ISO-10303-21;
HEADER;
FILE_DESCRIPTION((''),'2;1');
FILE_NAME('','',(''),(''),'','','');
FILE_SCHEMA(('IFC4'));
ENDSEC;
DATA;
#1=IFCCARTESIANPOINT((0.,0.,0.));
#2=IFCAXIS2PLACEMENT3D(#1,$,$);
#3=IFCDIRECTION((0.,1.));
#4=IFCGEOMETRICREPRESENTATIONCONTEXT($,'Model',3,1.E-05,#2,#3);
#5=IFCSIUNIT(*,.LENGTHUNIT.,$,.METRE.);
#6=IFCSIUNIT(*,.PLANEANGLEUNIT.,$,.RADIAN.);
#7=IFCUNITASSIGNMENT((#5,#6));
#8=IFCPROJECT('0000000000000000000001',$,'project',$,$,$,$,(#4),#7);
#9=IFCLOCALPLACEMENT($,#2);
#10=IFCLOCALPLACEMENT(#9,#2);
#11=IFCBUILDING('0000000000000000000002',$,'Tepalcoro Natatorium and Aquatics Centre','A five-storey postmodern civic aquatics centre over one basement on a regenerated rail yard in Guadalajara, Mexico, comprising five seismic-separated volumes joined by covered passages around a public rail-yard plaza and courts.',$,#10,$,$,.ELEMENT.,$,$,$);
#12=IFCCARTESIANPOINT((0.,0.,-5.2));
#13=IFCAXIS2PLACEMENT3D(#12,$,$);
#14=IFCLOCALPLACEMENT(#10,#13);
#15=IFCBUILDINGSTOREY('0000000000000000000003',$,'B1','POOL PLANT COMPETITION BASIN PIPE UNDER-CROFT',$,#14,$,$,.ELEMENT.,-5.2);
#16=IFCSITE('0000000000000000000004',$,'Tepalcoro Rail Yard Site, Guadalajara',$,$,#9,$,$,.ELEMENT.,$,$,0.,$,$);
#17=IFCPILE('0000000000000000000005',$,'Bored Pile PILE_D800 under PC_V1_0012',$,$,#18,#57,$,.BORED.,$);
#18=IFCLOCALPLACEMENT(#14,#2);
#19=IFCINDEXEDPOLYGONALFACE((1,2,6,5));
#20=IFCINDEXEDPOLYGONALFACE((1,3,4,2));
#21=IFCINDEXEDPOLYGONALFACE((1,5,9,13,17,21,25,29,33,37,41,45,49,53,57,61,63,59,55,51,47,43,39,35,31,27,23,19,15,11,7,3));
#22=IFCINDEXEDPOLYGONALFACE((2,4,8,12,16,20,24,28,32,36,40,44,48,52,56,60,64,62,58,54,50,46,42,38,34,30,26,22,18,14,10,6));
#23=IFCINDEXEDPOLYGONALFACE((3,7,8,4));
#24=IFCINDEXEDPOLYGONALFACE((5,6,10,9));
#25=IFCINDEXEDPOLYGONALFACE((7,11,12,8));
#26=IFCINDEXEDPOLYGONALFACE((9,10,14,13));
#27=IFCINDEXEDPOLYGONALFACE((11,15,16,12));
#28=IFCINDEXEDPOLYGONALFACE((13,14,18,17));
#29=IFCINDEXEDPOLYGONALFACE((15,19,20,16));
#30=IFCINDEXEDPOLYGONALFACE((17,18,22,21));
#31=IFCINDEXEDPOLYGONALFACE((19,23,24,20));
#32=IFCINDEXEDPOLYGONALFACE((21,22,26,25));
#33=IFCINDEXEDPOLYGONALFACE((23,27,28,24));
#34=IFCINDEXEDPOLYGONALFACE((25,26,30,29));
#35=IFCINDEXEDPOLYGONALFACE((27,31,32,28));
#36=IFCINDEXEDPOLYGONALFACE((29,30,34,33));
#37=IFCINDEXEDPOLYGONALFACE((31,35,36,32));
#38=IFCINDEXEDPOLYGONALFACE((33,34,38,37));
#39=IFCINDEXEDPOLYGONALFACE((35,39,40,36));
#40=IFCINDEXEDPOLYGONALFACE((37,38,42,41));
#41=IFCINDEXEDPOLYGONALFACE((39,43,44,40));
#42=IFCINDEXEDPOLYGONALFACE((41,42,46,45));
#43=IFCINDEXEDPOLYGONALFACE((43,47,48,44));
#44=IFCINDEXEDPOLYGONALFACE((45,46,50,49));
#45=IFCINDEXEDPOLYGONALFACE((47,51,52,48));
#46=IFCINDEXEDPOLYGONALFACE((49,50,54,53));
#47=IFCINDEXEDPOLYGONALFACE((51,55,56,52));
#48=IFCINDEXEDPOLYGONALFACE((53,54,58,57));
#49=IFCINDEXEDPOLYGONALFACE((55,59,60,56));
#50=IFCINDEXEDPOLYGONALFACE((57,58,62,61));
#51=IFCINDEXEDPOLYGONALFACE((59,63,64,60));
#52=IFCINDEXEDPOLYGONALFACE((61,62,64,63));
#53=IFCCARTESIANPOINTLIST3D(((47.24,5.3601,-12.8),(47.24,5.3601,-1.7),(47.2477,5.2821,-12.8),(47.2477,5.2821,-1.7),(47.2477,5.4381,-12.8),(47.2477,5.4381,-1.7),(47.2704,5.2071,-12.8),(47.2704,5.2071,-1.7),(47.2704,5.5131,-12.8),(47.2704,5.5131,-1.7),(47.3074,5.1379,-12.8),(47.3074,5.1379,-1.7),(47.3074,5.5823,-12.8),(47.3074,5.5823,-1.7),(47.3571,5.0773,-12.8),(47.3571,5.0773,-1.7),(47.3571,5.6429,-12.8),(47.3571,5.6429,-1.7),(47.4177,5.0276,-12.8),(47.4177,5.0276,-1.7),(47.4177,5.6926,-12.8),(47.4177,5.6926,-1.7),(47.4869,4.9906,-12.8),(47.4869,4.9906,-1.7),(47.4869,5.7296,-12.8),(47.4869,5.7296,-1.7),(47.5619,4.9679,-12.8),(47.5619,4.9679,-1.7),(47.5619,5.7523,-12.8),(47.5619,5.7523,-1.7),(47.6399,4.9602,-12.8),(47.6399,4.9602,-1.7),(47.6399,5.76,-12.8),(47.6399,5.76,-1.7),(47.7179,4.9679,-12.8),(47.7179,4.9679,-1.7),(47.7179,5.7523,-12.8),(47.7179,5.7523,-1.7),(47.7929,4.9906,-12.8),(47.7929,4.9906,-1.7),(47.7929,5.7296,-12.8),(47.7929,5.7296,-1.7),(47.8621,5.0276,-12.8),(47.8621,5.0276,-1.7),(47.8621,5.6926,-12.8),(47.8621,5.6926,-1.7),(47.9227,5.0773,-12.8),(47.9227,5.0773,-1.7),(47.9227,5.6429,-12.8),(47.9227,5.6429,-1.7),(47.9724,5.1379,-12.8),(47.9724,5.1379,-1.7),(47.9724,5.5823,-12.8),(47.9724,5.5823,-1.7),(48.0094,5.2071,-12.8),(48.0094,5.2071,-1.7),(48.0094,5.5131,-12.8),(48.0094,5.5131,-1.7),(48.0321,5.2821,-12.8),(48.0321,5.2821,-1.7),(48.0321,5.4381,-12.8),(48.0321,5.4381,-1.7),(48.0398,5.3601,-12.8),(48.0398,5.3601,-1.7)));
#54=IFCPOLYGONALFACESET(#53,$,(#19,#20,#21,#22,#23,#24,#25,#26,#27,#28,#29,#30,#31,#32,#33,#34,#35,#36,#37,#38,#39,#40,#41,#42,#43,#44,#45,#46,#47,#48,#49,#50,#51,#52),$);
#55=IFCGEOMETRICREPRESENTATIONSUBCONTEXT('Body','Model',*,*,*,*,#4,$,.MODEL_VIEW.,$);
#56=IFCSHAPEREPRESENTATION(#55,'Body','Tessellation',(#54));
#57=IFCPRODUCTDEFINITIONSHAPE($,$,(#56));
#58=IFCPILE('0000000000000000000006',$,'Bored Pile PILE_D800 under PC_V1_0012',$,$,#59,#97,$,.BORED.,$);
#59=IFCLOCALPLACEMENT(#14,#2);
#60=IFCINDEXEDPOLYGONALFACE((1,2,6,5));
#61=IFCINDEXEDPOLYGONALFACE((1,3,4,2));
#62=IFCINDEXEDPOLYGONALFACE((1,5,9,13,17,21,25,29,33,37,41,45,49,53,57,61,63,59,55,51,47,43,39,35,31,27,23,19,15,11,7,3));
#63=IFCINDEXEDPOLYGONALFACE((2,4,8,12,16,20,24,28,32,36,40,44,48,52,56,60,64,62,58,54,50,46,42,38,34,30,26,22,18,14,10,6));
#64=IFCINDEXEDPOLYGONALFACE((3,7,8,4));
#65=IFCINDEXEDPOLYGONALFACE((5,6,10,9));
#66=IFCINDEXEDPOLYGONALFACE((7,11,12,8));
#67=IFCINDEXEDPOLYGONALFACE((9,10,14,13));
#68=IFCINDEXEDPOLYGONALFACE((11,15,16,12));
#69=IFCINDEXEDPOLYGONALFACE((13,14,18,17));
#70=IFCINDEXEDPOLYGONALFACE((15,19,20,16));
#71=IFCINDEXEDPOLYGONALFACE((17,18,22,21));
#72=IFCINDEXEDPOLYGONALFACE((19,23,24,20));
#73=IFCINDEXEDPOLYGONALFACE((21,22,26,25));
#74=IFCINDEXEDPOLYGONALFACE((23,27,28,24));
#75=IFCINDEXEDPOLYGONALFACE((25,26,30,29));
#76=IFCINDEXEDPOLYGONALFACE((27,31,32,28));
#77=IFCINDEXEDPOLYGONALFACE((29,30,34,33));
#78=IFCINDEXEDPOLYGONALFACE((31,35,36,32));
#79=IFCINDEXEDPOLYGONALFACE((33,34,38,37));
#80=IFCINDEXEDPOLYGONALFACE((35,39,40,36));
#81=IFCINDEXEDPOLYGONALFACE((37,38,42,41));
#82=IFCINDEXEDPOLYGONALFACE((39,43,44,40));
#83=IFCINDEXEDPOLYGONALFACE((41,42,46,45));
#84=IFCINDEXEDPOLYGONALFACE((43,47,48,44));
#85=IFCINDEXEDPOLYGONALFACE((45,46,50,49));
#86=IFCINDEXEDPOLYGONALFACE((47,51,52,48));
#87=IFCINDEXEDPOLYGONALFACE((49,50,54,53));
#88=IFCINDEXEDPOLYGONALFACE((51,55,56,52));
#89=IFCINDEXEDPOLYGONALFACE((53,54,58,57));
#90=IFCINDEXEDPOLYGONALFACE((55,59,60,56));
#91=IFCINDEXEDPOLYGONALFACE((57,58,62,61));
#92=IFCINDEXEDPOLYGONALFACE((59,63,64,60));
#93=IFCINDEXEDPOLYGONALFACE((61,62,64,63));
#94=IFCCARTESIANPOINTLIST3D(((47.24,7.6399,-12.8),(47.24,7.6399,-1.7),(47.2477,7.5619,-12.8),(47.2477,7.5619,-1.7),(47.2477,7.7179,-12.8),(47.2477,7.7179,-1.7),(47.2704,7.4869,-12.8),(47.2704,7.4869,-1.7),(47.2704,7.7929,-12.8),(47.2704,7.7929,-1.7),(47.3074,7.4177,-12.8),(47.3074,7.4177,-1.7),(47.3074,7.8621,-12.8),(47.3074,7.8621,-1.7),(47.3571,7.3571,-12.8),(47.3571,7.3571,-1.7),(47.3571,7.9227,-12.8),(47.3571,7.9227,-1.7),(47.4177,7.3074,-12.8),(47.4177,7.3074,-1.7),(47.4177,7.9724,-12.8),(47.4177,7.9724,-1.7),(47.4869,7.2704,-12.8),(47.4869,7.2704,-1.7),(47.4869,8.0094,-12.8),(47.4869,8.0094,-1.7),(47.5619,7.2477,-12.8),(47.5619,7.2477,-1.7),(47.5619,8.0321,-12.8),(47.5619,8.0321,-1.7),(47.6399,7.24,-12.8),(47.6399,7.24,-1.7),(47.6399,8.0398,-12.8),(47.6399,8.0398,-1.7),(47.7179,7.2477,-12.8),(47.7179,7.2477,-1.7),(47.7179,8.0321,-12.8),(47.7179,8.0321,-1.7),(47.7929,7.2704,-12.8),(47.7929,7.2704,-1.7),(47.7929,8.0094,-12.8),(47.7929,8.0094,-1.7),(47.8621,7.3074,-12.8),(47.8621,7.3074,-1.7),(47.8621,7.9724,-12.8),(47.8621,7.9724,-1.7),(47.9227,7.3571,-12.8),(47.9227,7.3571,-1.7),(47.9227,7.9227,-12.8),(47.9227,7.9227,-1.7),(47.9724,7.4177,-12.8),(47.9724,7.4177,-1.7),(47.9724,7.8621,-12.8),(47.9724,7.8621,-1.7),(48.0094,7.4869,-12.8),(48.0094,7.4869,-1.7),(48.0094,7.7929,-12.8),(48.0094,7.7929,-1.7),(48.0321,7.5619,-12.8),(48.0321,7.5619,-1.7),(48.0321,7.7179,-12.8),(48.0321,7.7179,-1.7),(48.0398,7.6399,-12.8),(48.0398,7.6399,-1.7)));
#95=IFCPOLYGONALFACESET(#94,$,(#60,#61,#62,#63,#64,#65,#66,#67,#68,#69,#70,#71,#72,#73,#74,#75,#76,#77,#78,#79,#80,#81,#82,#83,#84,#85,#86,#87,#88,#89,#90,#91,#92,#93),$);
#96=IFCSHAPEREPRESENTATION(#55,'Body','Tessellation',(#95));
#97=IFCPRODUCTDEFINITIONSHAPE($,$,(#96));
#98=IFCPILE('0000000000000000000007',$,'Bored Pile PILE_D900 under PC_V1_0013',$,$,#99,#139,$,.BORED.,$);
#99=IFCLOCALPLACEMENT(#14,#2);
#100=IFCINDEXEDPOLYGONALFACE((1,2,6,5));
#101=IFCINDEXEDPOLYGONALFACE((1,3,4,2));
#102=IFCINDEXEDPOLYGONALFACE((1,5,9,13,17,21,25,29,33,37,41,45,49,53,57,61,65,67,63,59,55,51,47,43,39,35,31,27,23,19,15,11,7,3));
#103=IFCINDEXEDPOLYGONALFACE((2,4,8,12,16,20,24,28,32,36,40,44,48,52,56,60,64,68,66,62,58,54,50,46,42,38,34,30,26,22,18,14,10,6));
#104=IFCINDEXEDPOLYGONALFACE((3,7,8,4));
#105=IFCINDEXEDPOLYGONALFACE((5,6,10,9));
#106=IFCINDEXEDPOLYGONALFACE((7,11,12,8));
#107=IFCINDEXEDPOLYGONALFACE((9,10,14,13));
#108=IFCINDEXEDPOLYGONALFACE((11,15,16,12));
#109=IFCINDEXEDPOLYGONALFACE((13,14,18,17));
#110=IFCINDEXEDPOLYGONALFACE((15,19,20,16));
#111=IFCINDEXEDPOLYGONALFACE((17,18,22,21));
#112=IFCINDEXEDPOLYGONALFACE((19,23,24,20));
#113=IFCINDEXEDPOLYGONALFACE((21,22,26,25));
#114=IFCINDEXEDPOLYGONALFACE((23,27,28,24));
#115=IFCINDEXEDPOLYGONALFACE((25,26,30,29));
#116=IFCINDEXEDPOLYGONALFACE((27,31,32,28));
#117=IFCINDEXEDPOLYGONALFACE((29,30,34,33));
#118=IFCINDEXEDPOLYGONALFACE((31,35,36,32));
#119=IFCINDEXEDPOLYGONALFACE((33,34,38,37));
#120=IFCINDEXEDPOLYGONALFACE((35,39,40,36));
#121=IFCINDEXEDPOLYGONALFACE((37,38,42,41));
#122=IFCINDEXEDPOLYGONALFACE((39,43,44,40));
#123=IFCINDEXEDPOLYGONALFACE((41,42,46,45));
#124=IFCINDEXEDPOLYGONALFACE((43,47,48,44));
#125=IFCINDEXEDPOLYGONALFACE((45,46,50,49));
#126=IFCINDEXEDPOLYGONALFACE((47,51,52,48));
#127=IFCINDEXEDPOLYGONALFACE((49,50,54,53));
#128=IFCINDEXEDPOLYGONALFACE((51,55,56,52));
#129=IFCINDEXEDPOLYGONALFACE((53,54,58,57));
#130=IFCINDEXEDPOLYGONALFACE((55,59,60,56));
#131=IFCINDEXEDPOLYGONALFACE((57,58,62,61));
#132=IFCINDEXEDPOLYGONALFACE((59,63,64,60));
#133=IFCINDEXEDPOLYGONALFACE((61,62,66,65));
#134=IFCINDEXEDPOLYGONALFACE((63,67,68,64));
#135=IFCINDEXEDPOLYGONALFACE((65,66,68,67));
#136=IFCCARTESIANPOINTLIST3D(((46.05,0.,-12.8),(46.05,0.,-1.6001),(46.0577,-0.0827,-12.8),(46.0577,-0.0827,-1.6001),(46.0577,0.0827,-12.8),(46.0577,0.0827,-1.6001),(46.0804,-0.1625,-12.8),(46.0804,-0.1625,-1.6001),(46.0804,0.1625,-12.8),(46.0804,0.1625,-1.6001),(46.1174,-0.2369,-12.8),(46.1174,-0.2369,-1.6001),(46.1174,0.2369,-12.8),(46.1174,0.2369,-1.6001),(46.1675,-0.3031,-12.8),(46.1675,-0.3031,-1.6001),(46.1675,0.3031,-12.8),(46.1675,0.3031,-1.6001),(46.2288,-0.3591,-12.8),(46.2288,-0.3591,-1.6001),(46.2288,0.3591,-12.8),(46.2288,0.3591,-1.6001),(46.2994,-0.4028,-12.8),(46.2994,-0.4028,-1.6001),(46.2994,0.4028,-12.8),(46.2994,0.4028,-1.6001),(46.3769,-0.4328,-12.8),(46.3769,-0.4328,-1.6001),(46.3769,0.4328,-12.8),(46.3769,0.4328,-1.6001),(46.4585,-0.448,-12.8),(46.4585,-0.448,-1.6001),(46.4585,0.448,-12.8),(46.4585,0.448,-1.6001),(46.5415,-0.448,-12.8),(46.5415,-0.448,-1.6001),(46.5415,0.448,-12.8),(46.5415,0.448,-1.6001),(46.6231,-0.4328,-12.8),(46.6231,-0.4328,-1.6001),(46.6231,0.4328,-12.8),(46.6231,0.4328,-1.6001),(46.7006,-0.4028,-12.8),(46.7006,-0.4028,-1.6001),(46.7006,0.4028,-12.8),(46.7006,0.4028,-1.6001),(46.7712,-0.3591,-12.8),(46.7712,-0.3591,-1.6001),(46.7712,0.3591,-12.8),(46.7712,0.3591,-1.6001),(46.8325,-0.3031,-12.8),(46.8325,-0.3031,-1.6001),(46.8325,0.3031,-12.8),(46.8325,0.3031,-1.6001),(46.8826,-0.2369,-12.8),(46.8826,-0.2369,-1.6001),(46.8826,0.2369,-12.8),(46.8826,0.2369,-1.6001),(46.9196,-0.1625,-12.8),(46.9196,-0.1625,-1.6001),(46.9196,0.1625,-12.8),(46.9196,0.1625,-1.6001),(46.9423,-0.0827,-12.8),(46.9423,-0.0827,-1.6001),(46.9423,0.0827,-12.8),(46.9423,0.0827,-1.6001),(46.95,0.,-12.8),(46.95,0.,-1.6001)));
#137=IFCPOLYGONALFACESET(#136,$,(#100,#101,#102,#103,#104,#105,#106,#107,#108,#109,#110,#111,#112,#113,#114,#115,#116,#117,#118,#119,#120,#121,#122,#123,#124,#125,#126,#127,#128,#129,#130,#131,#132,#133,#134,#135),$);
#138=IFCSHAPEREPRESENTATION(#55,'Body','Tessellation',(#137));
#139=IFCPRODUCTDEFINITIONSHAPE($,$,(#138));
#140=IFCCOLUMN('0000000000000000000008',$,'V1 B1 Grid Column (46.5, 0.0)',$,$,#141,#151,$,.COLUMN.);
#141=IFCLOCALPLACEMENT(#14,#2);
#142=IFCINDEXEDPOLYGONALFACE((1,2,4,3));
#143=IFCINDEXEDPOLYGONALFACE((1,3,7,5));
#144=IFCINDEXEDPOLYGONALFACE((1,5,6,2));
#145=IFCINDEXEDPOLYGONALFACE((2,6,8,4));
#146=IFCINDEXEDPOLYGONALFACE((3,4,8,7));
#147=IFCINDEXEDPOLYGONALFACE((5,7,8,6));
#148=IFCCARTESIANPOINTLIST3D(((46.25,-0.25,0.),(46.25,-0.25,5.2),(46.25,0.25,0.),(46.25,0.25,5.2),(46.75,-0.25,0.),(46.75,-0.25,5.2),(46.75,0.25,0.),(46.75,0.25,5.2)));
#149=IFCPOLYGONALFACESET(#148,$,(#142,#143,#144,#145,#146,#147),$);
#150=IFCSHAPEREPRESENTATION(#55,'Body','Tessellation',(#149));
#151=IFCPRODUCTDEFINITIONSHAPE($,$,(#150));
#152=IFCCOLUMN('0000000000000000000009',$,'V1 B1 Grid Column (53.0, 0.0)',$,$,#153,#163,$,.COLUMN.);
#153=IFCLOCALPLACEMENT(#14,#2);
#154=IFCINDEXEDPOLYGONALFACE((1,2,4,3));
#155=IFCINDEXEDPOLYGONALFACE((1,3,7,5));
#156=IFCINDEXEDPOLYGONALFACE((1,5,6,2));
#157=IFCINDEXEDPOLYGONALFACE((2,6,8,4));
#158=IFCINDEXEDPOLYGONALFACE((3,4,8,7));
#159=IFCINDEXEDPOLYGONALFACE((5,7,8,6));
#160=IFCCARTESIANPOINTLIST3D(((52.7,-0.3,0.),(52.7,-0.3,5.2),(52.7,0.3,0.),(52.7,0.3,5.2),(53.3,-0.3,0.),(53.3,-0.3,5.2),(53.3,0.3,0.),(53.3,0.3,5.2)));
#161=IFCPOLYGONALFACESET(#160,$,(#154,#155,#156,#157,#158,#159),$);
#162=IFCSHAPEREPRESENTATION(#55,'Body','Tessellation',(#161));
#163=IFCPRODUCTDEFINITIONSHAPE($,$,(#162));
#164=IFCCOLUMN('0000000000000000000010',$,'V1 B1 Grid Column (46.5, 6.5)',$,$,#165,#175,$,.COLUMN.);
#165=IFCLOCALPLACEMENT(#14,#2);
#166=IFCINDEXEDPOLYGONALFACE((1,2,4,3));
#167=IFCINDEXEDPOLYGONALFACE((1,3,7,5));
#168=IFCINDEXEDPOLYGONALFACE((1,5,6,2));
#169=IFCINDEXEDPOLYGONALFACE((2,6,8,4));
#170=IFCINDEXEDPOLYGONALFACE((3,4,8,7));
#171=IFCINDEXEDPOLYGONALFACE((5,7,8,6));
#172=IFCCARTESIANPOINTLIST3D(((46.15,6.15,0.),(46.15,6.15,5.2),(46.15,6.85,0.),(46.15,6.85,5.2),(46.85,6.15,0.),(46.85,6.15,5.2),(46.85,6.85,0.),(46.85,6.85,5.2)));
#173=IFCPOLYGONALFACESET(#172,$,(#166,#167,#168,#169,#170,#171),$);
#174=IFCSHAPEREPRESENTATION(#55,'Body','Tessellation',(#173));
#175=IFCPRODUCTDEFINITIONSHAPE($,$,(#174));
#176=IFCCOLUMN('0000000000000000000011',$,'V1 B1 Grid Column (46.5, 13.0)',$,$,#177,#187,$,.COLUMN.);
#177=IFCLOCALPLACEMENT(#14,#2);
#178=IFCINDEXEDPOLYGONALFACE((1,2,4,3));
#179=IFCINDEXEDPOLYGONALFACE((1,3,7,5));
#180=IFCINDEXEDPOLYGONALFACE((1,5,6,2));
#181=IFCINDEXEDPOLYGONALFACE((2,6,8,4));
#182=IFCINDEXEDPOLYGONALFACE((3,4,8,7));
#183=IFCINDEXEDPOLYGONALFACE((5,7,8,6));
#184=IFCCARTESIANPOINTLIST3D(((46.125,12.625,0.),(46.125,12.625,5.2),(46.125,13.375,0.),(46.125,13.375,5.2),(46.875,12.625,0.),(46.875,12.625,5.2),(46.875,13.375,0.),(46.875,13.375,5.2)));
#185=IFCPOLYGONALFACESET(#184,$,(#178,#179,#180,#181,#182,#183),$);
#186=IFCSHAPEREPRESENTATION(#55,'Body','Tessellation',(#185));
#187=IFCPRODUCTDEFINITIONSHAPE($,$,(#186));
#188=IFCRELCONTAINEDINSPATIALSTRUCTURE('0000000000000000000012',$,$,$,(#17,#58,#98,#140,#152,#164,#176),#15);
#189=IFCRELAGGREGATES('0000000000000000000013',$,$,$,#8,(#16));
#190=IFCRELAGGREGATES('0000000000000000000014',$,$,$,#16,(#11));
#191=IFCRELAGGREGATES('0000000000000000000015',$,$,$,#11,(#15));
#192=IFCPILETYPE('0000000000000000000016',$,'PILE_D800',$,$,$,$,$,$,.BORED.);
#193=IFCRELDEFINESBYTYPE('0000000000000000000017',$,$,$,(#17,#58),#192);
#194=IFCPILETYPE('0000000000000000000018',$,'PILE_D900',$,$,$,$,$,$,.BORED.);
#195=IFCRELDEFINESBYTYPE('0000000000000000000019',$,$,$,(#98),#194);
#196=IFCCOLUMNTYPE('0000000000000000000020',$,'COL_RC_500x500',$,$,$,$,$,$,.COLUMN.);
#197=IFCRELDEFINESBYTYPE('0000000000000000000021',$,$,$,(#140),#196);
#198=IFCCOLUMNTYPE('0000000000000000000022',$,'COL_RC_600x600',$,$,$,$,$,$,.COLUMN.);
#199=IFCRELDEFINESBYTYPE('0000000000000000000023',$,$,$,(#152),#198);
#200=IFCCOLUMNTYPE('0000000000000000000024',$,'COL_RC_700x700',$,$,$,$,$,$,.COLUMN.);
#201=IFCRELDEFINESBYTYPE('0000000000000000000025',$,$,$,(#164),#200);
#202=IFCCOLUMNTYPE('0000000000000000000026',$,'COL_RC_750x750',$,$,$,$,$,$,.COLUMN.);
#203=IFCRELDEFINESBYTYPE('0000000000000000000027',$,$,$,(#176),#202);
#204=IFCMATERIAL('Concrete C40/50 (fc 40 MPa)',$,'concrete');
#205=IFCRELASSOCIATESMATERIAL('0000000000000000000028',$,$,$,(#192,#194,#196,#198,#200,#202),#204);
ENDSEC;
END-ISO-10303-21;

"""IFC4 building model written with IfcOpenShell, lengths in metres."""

from ifc_helpers import new_model, si_unit, direction, frame, origin, origin_2d, place, context, subcontext, project, spatial, rectangle, circle, extrude, material, material_profile, profile_set, type_object, element, save


model = new_model("IFC4")

# Units and contexts
model_context = context("Model", 3, precision=1e-05, world=origin(), true_north=direction((0.0, 1.0)))
body_context = subcontext(model_context, "Body", "Model", "MODEL_VIEW")
ifc_project = project(units=[si_unit("LENGTHUNIT", "METRE"), si_unit("PLANEANGLEUNIT", "RADIAN")], contexts=[model_context])

# Site, building, storey
site_placement = place(None, origin())
site = spatial("IfcSite", under=ifc_project, at=site_placement, Name="Tepalcoro Rail Yard Site, Guadalajara", CompositionType="ELEMENT", RefElevation=0.0)
building_placement = place(site_placement, origin())
building = spatial("IfcBuilding", under=site, at=building_placement, Name="Tepalcoro Natatorium and Aquatics Centre", Description="A five-storey postmodern civic aquatics centre over one basement on a regenerated rail yard in Guadalajara, Mexico, comprising five seismic-separated volumes joined by covered passages around a public rail-yard plaza and courts.", CompositionType="ELEMENT")
storey_placement = place(building_placement, frame((0.0, 0.0, -5.2)))
storey = spatial("IfcBuildingStorey", under=building, at=storey_placement, Name="B1", Description="POOL PLANT COMPETITION BASIN PIPE UNDER-CROFT", CompositionType="ELEMENT", Elevation=-5.2)

# Piles
ifc_material = material(Name="Concrete C40/50 (fc 40 MPa)", Category="concrete")
ifc_material_profile_1 = material_profile(ifc_material, circle(Radius=0.3999, at=origin_2d()), Name="PILE_D800")
ifc_profile_set_1 = profile_set([ifc_material_profile_1], Name="Concrete C40/50 (fc 40 MPa)")
pile_type_1 = type_object("IfcPileType", Name="PILE_D800", PredefinedType="BORED", material=ifc_profile_set_1)
for number, where, z_axis, x_axis, name in (
    (1, (47.6399, 5.3601, -1.7), (0.0, 0.0, -1.0), (1.0, 0.0, 0.0), "Bored Pile PILE_D800 under PC_V1_0012"),
    (2, (47.6399, 7.6399, -1.7), (0.0, 0.0, -1.0), (1.0, 0.0, 0.0), "Bored Pile PILE_D800 under PC_V1_0012"),
):
    element("IfcPile", number, at=place(storey_placement, frame(where, z_axis=z_axis, x_axis=x_axis)), inside=storey, type_object=pile_type_1, Name=name, PredefinedType="BORED", context=body_context, shape_type="SweptSolid", body=[
        extrude(circle(Radius=0.3999, at=origin_2d()), origin(), (0.0, 0.0, 1.0), 11.1001),
    ])
ifc_material_profile_2 = material_profile(ifc_material, circle(Radius=0.45, at=origin_2d()), Name="PILE_D900")
ifc_profile_set_2 = profile_set([ifc_material_profile_2], Name="Concrete C40/50 (fc 40 MPa)")
pile_type_2 = type_object("IfcPileType", Name="PILE_D900", PredefinedType="BORED", material=ifc_profile_set_2)
pile_1_placement = place(storey_placement, frame((46.5, 0.0, -1.6001), z_axis=(0.0, 0.0, -1.0), x_axis=(1.0, 0.0, 0.0)))
element("IfcPile", 3, at=pile_1_placement, inside=storey, type_object=pile_type_2, Name="Bored Pile PILE_D900 under PC_V1_0013", PredefinedType="BORED", context=body_context, shape_type="SweptSolid", body=[
    extrude(circle(Radius=0.45, at=origin_2d()), origin(), (0.0, 0.0, 1.0), 11.2),
])

# Columns
ifc_material_profile_3 = material_profile(ifc_material, rectangle(XDim=0.5, YDim=0.5, at=origin_2d()), Name="RC500x500")
ifc_profile_set_3 = profile_set([ifc_material_profile_3], Name="Concrete C40/50 (fc 40 MPa)")
column_type_1 = type_object("IfcColumnType", Name="COL_RC_500x500", PredefinedType="COLUMN", material=ifc_profile_set_3)
column_1_placement = place(storey_placement, frame((46.5, 0.0, 0.0), z_axis=(0.0, 0.0, 1.0), x_axis=(1.0, 0.0, 0.0)))
element("IfcColumn", 4, at=column_1_placement, inside=storey, type_object=column_type_1, Name="V1 B1 Grid Column (46.5, 0.0)", PredefinedType="COLUMN", context=body_context, shape_type="SweptSolid", body=[
    extrude(rectangle(XDim=0.5, YDim=0.5, at=origin_2d()), origin(), (0.0, 0.0, 1.0), 5.2),
])
ifc_material_profile_4 = material_profile(ifc_material, rectangle(XDim=0.6001, YDim=0.6001, at=origin_2d()), Name="RC600x600")
ifc_profile_set_4 = profile_set([ifc_material_profile_4], Name="Concrete C40/50 (fc 40 MPa)")
column_type_2 = type_object("IfcColumnType", Name="COL_RC_600x600", PredefinedType="COLUMN", material=ifc_profile_set_4)
column_2_placement = place(storey_placement, frame((53.0, 0.0, 0.0), z_axis=(0.0, 0.0, 1.0), x_axis=(1.0, 0.0, 0.0)))
element("IfcColumn", 5, at=column_2_placement, inside=storey, type_object=column_type_2, Name="V1 B1 Grid Column (53.0, 0.0)", PredefinedType="COLUMN", context=body_context, shape_type="SweptSolid", body=[
    extrude(rectangle(XDim=0.6001, YDim=0.6001, at=origin_2d()), origin(), (0.0, 0.0, 1.0), 5.2),
])
ifc_material_profile_5 = material_profile(ifc_material, rectangle(XDim=0.7, YDim=0.7, at=origin_2d()), Name="RC700x700")
ifc_profile_set_5 = profile_set([ifc_material_profile_5], Name="Concrete C40/50 (fc 40 MPa)")
column_type_3 = type_object("IfcColumnType", Name="COL_RC_700x700", PredefinedType="COLUMN", material=ifc_profile_set_5)
column_3_placement = place(storey_placement, frame((46.5, 6.5, 0.0), z_axis=(0.0, 0.0, 1.0), x_axis=(1.0, 0.0, 0.0)))
element("IfcColumn", 6, at=column_3_placement, inside=storey, type_object=column_type_3, Name="V1 B1 Grid Column (46.5, 6.5)", PredefinedType="COLUMN", context=body_context, shape_type="SweptSolid", body=[
    extrude(rectangle(XDim=0.7, YDim=0.7, at=origin_2d()), origin(), (0.0, 0.0, 1.0), 5.2),
])
ifc_material_profile_6 = material_profile(ifc_material, rectangle(XDim=0.75, YDim=0.75, at=origin_2d()), Name="RC750x750")
ifc_profile_set_6 = profile_set([ifc_material_profile_6], Name="Concrete C40/50 (fc 40 MPa)")
column_type_4 = type_object("IfcColumnType", Name="COL_RC_750x750", PredefinedType="COLUMN", material=ifc_profile_set_6)
column_4_placement = place(storey_placement, frame((46.5, 13.0, 0.0), z_axis=(0.0, 0.0, 1.0), x_axis=(1.0, 0.0, 0.0)))
element("IfcColumn", 7, at=column_4_placement, inside=storey, type_object=column_type_4, Name="V1 B1 Grid Column (46.5, 13.0)", PredefinedType="COLUMN", context=body_context, shape_type="SweptSolid", body=[
    extrude(rectangle(XDim=0.75, YDim=0.75, at=origin_2d()), origin(), (0.0, 0.0, 1.0), 5.2),
])

save(model, "model.ifc")
